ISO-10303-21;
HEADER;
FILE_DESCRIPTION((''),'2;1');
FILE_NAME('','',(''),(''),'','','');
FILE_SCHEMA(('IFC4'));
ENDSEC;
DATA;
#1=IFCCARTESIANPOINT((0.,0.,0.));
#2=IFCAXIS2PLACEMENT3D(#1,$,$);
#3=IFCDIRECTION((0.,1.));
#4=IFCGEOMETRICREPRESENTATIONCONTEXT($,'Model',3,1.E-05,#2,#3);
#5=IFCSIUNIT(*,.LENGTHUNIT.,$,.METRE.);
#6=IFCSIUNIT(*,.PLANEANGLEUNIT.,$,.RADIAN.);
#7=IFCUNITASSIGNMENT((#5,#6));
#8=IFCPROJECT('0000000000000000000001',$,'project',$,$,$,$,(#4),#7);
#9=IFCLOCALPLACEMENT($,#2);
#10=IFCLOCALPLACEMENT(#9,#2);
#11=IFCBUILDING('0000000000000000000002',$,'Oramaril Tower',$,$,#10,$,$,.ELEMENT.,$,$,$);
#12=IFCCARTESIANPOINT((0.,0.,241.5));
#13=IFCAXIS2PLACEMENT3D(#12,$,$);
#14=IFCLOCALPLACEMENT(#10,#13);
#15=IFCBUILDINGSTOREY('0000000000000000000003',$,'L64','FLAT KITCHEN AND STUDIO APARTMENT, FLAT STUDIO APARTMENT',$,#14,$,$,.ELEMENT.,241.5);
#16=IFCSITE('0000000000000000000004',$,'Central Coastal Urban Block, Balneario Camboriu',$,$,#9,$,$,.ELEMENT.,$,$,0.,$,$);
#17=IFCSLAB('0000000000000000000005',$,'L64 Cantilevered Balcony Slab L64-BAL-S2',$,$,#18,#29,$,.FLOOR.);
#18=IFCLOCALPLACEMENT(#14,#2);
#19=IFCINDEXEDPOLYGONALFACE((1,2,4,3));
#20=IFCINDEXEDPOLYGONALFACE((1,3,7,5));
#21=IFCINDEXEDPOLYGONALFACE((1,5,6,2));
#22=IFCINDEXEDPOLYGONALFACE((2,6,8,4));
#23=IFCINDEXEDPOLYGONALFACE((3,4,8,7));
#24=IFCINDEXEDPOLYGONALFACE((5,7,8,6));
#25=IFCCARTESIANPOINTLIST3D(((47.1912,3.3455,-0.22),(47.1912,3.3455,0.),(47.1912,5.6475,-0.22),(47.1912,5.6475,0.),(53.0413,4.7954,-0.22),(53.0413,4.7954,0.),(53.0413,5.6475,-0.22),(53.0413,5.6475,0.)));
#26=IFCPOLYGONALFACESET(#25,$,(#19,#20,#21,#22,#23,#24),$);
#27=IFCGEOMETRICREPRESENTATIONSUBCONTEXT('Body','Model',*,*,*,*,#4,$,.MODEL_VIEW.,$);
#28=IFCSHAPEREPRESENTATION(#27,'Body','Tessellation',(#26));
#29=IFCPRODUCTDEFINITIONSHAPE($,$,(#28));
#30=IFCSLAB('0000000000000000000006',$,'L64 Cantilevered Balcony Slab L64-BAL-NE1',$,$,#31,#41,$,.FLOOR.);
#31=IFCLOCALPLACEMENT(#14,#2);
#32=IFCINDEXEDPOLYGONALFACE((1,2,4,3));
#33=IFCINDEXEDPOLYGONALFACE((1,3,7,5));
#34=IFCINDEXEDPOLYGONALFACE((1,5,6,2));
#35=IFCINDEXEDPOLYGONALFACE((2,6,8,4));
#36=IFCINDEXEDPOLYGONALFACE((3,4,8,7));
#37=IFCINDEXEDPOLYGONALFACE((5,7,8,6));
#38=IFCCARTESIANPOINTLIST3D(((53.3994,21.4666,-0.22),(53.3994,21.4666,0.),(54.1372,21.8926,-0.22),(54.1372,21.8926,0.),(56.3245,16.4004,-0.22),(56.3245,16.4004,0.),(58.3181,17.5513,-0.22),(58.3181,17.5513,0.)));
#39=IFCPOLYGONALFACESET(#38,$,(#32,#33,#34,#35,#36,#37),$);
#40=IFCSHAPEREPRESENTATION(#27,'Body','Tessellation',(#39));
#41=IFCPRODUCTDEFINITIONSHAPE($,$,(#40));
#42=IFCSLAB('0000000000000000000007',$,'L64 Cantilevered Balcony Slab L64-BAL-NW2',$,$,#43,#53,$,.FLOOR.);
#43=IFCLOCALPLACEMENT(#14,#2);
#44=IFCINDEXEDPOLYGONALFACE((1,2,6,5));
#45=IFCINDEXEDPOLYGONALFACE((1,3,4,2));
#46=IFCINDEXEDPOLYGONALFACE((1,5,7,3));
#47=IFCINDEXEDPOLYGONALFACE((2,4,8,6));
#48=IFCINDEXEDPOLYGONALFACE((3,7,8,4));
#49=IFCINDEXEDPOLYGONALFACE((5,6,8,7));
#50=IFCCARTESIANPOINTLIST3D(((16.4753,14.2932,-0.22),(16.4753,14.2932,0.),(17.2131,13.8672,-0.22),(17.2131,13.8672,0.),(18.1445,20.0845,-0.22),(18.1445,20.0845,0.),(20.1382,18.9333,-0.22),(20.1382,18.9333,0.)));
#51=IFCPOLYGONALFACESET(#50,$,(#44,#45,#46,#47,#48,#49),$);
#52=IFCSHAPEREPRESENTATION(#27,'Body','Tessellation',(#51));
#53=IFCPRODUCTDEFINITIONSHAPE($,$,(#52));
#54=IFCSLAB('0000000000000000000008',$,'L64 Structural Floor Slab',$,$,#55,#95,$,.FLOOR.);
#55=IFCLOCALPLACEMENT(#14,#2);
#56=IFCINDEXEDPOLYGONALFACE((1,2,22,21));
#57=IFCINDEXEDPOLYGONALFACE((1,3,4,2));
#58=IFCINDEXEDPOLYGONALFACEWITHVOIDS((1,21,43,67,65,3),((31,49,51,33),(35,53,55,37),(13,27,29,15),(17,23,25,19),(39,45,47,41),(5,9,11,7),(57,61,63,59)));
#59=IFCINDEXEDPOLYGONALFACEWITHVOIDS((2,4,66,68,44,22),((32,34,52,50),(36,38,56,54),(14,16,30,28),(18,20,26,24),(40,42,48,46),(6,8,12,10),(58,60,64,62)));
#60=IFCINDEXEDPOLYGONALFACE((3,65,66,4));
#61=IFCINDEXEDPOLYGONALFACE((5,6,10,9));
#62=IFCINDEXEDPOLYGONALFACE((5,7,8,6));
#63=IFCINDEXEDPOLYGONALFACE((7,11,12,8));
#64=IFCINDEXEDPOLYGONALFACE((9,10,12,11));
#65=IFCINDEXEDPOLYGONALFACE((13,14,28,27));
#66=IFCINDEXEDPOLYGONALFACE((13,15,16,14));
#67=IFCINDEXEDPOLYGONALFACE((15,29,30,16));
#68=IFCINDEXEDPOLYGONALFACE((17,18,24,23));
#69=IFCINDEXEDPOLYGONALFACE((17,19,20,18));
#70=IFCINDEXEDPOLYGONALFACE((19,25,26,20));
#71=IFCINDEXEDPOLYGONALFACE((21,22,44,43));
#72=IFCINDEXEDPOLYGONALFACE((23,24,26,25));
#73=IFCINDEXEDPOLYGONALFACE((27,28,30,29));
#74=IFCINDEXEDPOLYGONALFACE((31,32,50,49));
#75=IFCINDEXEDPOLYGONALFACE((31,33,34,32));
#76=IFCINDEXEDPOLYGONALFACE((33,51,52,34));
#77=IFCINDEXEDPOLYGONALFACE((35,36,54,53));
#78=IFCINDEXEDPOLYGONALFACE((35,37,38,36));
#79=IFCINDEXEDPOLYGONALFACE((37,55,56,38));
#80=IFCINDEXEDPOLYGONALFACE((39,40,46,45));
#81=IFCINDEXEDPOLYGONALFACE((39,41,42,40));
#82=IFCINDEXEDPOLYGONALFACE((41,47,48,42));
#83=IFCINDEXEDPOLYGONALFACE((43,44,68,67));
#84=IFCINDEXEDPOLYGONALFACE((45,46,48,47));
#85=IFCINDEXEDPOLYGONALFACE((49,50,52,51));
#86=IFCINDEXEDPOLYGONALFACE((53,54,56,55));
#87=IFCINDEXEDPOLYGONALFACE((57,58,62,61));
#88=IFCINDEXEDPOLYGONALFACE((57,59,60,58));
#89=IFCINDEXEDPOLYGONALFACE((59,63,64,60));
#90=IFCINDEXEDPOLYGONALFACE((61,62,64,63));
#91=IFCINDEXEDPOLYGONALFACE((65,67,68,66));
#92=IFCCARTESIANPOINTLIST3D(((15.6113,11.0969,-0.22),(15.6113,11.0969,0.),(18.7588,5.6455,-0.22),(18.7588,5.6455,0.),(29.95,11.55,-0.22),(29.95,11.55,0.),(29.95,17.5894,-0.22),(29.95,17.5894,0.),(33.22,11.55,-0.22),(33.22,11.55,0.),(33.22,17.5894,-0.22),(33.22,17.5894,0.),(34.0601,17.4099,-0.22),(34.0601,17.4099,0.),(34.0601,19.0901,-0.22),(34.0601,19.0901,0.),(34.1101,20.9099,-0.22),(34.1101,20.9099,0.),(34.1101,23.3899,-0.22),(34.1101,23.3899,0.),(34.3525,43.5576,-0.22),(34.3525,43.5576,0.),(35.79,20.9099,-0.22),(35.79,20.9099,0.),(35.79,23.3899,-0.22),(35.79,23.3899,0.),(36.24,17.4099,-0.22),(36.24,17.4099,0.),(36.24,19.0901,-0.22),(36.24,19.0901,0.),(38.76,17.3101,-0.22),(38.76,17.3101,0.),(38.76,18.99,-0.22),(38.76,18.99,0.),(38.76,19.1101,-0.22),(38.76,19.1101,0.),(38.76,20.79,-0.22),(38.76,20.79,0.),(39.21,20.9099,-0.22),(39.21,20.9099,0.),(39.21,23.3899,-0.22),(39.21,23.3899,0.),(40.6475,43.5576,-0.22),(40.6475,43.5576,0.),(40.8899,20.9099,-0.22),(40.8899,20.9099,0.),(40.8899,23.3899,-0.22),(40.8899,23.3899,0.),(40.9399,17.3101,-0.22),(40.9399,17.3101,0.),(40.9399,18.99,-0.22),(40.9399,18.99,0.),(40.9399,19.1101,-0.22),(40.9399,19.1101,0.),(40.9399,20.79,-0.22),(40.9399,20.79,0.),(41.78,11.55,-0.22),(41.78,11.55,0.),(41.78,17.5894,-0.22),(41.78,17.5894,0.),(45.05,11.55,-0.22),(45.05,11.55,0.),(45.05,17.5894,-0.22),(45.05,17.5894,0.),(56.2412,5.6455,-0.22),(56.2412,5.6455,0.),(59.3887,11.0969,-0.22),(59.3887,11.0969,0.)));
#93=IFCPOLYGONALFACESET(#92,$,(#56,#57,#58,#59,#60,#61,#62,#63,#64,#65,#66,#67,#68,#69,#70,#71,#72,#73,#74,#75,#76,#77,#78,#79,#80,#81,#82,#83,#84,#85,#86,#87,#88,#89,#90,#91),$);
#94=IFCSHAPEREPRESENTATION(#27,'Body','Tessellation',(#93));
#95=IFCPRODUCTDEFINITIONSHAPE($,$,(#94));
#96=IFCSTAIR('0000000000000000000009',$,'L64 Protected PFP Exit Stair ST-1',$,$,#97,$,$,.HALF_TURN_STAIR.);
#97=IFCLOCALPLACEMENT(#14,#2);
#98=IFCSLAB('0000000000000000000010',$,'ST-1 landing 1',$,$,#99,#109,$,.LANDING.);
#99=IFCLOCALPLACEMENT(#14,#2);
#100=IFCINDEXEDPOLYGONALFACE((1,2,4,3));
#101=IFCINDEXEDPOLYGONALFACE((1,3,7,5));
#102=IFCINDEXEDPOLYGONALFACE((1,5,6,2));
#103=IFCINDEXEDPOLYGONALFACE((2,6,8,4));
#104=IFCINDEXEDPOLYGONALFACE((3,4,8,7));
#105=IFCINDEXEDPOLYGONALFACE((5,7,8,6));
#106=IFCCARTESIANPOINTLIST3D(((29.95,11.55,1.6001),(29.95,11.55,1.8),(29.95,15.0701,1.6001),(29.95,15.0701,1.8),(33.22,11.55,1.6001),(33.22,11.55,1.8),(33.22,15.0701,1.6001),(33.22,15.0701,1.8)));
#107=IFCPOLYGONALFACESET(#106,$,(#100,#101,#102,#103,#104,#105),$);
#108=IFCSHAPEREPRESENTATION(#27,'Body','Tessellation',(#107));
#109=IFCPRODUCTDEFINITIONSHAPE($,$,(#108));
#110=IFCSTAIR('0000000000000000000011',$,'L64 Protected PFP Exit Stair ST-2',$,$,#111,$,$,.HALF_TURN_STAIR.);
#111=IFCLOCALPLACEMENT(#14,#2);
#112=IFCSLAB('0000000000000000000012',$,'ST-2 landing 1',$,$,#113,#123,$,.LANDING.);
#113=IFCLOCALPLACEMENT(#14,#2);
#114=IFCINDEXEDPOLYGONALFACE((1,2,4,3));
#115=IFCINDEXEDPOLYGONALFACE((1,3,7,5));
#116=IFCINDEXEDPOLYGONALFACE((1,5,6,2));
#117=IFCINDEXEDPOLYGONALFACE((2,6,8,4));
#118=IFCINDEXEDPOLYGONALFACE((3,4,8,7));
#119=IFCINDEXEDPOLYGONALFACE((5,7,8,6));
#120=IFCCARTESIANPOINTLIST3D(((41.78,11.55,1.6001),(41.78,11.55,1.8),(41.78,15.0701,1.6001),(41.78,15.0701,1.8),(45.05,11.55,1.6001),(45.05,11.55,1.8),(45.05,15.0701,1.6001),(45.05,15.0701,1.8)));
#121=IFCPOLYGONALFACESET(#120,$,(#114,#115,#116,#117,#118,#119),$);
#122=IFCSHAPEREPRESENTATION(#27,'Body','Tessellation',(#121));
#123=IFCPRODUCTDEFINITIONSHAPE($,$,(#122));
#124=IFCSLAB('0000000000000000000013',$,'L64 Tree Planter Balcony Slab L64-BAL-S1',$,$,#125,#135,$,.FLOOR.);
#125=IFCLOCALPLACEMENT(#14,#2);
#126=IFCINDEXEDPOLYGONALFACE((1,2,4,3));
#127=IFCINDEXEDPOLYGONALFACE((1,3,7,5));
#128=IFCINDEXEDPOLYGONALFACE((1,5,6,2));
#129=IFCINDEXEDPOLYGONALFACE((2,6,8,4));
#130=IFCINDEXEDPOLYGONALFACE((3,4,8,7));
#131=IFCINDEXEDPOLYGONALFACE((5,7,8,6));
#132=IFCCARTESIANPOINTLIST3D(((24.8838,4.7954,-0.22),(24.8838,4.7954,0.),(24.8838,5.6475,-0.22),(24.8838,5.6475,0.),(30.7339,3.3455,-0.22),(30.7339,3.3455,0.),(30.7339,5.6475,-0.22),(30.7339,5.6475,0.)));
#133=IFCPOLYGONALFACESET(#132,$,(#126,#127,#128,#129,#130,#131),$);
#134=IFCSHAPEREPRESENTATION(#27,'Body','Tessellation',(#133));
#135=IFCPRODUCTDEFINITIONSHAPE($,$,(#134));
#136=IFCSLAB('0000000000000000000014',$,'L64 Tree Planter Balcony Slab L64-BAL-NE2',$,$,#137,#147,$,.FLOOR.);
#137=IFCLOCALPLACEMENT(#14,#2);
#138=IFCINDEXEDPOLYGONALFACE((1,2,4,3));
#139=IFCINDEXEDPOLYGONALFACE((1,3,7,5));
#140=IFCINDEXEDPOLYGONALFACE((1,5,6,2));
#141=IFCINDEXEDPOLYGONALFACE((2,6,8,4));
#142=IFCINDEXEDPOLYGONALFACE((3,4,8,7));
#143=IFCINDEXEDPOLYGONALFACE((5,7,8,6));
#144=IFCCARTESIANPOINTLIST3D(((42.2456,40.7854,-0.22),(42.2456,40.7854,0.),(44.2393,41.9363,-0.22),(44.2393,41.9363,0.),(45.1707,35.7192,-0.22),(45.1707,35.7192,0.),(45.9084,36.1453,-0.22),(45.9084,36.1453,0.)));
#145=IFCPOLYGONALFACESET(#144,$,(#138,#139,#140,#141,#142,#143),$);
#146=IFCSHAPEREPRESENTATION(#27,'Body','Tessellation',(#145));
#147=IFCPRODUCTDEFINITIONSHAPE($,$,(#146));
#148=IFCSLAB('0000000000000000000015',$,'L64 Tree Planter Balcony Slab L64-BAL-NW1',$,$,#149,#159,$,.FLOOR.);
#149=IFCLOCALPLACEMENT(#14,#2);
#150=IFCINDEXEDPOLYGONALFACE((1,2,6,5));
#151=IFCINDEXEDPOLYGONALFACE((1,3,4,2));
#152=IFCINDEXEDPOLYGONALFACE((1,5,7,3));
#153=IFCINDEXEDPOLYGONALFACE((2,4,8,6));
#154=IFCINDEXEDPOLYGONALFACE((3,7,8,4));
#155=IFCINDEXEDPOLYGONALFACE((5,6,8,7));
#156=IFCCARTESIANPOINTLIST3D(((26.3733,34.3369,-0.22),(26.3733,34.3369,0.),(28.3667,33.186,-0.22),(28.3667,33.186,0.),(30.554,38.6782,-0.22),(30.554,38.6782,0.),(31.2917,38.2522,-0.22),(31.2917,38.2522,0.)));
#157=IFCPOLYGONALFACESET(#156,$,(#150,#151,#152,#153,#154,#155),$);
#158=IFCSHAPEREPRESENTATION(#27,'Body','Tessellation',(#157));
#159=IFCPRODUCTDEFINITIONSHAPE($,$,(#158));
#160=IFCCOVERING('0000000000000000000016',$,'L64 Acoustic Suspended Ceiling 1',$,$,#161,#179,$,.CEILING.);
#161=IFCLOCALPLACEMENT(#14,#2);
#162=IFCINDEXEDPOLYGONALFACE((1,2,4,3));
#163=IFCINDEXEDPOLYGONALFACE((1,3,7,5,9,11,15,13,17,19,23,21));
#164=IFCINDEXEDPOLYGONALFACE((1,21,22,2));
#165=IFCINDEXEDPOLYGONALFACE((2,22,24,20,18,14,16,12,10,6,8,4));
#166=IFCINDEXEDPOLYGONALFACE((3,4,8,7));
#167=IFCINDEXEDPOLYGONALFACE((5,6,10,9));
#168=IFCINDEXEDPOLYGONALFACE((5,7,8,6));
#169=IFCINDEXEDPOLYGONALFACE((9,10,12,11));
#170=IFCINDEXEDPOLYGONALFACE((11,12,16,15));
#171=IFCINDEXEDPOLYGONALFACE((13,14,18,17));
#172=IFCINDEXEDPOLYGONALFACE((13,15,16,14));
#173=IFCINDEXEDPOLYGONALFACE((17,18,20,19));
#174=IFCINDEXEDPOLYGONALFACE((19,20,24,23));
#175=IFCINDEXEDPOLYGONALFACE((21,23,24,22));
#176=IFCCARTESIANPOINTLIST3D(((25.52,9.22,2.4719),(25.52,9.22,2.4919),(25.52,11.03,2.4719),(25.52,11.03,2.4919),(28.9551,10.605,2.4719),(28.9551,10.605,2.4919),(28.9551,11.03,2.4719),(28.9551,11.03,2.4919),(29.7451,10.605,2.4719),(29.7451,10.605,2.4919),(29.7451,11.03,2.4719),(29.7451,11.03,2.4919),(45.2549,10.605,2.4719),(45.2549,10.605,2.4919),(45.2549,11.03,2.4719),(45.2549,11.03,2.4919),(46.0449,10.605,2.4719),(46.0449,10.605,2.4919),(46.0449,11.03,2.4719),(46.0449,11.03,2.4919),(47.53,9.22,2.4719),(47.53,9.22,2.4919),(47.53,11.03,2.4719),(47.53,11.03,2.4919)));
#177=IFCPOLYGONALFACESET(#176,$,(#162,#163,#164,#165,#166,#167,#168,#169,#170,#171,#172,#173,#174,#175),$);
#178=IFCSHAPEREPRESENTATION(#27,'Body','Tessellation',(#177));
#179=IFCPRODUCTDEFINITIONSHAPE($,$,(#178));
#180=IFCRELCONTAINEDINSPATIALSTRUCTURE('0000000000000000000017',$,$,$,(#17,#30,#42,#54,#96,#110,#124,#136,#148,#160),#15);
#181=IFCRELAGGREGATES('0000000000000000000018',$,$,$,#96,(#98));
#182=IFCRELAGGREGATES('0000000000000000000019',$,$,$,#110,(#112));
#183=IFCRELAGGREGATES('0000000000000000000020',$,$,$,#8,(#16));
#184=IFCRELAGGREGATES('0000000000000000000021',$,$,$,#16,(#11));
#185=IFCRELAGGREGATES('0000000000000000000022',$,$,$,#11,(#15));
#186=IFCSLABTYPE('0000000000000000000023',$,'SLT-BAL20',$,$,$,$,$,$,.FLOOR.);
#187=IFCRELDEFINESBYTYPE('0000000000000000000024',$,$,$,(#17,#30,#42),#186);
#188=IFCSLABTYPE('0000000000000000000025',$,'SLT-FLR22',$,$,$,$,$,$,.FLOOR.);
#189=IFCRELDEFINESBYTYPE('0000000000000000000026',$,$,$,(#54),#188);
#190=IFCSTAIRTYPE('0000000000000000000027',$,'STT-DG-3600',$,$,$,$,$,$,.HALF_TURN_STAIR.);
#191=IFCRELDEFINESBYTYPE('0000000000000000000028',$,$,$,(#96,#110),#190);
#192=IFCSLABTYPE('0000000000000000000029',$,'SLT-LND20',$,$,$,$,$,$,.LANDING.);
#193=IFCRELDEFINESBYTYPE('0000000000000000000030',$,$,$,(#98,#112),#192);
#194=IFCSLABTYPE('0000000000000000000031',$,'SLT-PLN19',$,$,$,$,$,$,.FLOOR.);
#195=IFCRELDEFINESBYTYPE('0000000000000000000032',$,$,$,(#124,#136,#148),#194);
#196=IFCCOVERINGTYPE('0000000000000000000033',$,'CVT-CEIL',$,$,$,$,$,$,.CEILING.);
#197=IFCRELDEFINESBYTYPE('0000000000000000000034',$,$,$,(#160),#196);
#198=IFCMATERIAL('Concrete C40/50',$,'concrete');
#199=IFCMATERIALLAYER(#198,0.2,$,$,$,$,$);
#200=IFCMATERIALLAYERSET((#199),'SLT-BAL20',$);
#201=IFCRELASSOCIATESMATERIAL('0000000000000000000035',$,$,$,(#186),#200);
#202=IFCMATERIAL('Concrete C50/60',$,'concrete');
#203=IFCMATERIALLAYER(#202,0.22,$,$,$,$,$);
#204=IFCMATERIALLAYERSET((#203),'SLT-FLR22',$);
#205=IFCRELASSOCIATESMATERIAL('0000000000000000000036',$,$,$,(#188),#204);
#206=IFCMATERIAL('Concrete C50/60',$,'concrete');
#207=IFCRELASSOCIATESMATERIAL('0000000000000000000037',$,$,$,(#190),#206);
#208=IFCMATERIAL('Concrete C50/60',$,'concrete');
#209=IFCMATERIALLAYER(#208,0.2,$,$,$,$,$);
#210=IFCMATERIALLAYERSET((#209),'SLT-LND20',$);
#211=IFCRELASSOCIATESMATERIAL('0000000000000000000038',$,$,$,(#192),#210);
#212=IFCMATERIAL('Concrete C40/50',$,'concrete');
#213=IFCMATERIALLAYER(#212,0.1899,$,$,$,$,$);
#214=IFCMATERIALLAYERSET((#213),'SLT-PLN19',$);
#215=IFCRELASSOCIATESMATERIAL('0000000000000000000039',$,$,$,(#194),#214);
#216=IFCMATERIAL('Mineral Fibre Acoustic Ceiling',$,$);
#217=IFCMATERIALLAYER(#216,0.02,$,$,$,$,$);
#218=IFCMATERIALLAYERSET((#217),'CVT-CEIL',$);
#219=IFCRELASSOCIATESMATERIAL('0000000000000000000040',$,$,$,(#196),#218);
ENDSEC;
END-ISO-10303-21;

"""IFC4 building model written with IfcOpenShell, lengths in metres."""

from ifc_helpers import new_model, si_unit, direction, frame, origin, place, context, subcontext, project, spatial, polyline, outline, extrude, material, layer, layer_set, type_object, element, aggregate, save


model = new_model("IFC4")

# Units and contexts
model_context = context("Model", 3, precision=1e-05, world=origin(), true_north=direction((0.0, 1.0)))
body_context = subcontext(model_context, "Body", "Model", "MODEL_VIEW")
ifc_project = project(units=[si_unit("LENGTHUNIT", "METRE"), si_unit("PLANEANGLEUNIT", "RADIAN")], contexts=[model_context])

# Site, building, storey
site_placement = place(None, origin())
site = spatial("IfcSite", under=ifc_project, at=site_placement, Name="Central Coastal Urban Block, Balneario Camboriu", CompositionType="ELEMENT", RefElevation=0.0)
building_placement = place(site_placement, origin())
building = spatial("IfcBuilding", under=site, at=building_placement, Name="Oramaril Tower", CompositionType="ELEMENT")
storey_placement = place(building_placement, frame((0.0, 0.0, 241.5)))
storey = spatial("IfcBuildingStorey", under=building, at=storey_placement, Name="L64", Description="FLAT KITCHEN AND STUDIO APARTMENT, FLAT STUDIO APARTMENT", CompositionType="ELEMENT", Elevation=241.5)

# Slabs
ifc_material_1 = material(Name="Concrete C40/50", Category="concrete")
ifc_layer_1 = layer(ifc_material_1, 0.2)
ifc_layer_set_1 = layer_set([ifc_layer_1], Name="SLT-BAL20")
slab_type_1 = type_object("IfcSlabType", Name="SLT-BAL20", PredefinedType="FLOOR", material=ifc_layer_set_1)
slab_1_placement = place(storey_placement, frame((0.0, 0.0, -0.22)))
element("IfcSlab", 1, at=slab_1_placement, inside=storey, type_object=slab_type_1, Name="L64 Cantilevered Balcony Slab L64-BAL-S2", PredefinedType="FLOOR", context=body_context, shape_type="SweptSolid", body=[
    extrude(outline(polyline([(47.1912, 5.6475), (53.0413, 5.6475), (53.0413, 4.7954), (47.1912, 3.3455), (47.1912, 5.6475)])), origin(), (0.0, 0.0, 1.0), 0.22),
])
slab_2_placement = place(storey_placement, frame((0.0, 0.0, -0.22)))
element("IfcSlab", 2, at=slab_2_placement, inside=storey, type_object=slab_type_1, Name="L64 Cantilevered Balcony Slab L64-BAL-NE1", PredefinedType="FLOOR", context=body_context, shape_type="SweptSolid", body=[
    extrude(outline(polyline([(56.3245, 16.4004), (53.3994, 21.4666), (54.1372, 21.8926), (58.3181, 17.5513), (56.3245, 16.4004)])), origin(), (0.0, 0.0, 1.0), 0.22),
])
slab_3_placement = place(storey_placement, frame((0.0, 0.0, -0.22)))
element("IfcSlab", 3, at=slab_3_placement, inside=storey, type_object=slab_type_1, Name="L64 Cantilevered Balcony Slab L64-BAL-NW2", PredefinedType="FLOOR", context=body_context, shape_type="SweptSolid", body=[
    extrude(outline(polyline([(20.1382, 18.9333), (17.2131, 13.8672), (16.4753, 14.2932), (18.1445, 20.0845), (20.1382, 18.9333)])), origin(), (0.0, 0.0, 1.0), 0.22),
])
ifc_material_2 = material(Name="Concrete C50/60", Category="concrete")
ifc_layer_2 = layer(ifc_material_2, 0.22)
ifc_layer_set_2 = layer_set([ifc_layer_2], Name="SLT-FLR22")
slab_type_2 = type_object("IfcSlabType", Name="SLT-FLR22", PredefinedType="FLOOR", material=ifc_layer_set_2)
slab_4_placement = place(storey_placement, frame((0.0, 0.0, -0.22)))
element("IfcSlab", 4, at=slab_4_placement, inside=storey, type_object=slab_type_2, Name="L64 Structural Floor Slab", PredefinedType="FLOOR", context=body_context, shape_type="SweptSolid", body=[
    extrude(outline(polyline([(15.6113, 11.0969), (18.7588, 5.6455), (56.2412, 5.6455), (59.3887, 11.0969), (40.6475, 43.5576), (34.3525, 43.5576), (15.6113, 11.0969)]), holes=[polyline([(29.95, 17.5894), (29.95, 11.55), (33.22, 11.55), (33.22, 17.5894), (29.95, 17.5894)]), polyline([(41.78, 17.5894), (41.78, 11.55), (45.05, 11.55), (45.05, 17.5894), (41.78, 17.5894)]), polyline([(34.1101, 20.9099), (35.79, 20.9099), (35.79, 23.3899), (34.1101, 23.3899), (34.1101, 20.9099)]), polyline([(39.21, 20.9099), (40.8899, 20.9099), (40.8899, 23.3899), (39.21, 23.3899), (39.21, 20.9099)]), polyline([(34.0601, 17.4099), (36.24, 17.4099), (36.24, 19.0901), (34.0601, 19.0901), (34.0601, 17.4099)]), polyline([(38.76, 17.3101), (40.9399, 17.3101), (40.9399, 18.99), (38.76, 18.99), (38.76, 17.3101)]), polyline([(38.76, 19.1101), (40.9399, 19.1101), (40.9399, 20.79), (38.76, 20.79), (38.76, 19.1101)])]), origin(), (0.0, 0.0, 1.0), 0.22),
])

# Stairs, slabs
ifc_material_3 = material(Name="Concrete C50/60", Category="concrete")
stair_type = type_object("IfcStairType", Name="STT-DG-3600", PredefinedType="HALF_TURN_STAIR", material=ifc_material_3)
stair_1_placement = place(storey_placement, origin())
stair_1 = element("IfcStair", 5, at=stair_1_placement, inside=storey, type_object=stair_type, Name="L64 Protected PFP Exit Stair ST-1", PredefinedType="HALF_TURN_STAIR")
ifc_material_4 = material(Name="Concrete C50/60", Category="concrete")
ifc_layer_3 = layer(ifc_material_4, 0.2)
ifc_layer_set_3 = layer_set([ifc_layer_3], Name="SLT-LND20")
slab_type_3 = type_object("IfcSlabType", Name="SLT-LND20", PredefinedType="LANDING", material=ifc_layer_set_3)
slab_5_placement = place(storey_placement, frame((0.0, 0.0, 1.6001)))
slab_5 = element("IfcSlab", 6, at=slab_5_placement, type_object=slab_type_3, Name="ST-1 landing 1", PredefinedType="LANDING", context=body_context, shape_type="SweptSolid", body=[
    extrude(outline(polyline([(29.95, 15.0701), (29.95, 11.55), (33.22, 11.55), (33.22, 15.0701), (29.95, 15.0701)])), origin(), (0.0, 0.0, 1.0), 0.2),
])
aggregate(stair_1, [slab_5])
stair_2_placement = place(storey_placement, origin())
stair_2 = element("IfcStair", 7, at=stair_2_placement, inside=storey, type_object=stair_type, Name="L64 Protected PFP Exit Stair ST-2", PredefinedType="HALF_TURN_STAIR")
slab_6_placement = place(storey_placement, frame((0.0, 0.0, 1.6001)))
slab_6 = element("IfcSlab", 8, at=slab_6_placement, type_object=slab_type_3, Name="ST-2 landing 1", PredefinedType="LANDING", context=body_context, shape_type="SweptSolid", body=[
    extrude(outline(polyline([(41.78, 15.0701), (41.78, 11.55), (45.05, 11.55), (45.05, 15.0701), (41.78, 15.0701)])), origin(), (0.0, 0.0, 1.0), 0.2),
])
aggregate(stair_2, [slab_6])

# Slabs
ifc_material_5 = material(Name="Concrete C40/50", Category="concrete")
ifc_layer_4 = layer(ifc_material_5, 0.1899)
ifc_layer_set_4 = layer_set([ifc_layer_4], Name="SLT-PLN19")
slab_type_4 = type_object("IfcSlabType", Name="SLT-PLN19", PredefinedType="FLOOR", material=ifc_layer_set_4)
slab_7_placement = place(storey_placement, frame((0.0, 0.0, -0.22)))
element("IfcSlab", 9, at=slab_7_placement, inside=storey, type_object=slab_type_4, Name="L64 Tree Planter Balcony Slab L64-BAL-S1", PredefinedType="FLOOR", context=body_context, shape_type="SweptSolid", body=[
    extrude(outline(polyline([(24.8838, 5.6475), (30.7339, 5.6475), (30.7339, 3.3455), (24.8838, 4.7954), (24.8838, 5.6475)])), origin(), (0.0, 0.0, 1.0), 0.22),
])
slab_8_placement = place(storey_placement, frame((0.0, 0.0, -0.22)))
element("IfcSlab", 10, at=slab_8_placement, inside=storey, type_object=slab_type_4, Name="L64 Tree Planter Balcony Slab L64-BAL-NE2", PredefinedType="FLOOR", context=body_context, shape_type="SweptSolid", body=[
    extrude(outline(polyline([(45.1707, 35.7192), (42.2456, 40.7854), (44.2393, 41.9363), (45.9084, 36.1453), (45.1707, 35.7192)])), origin(), (0.0, 0.0, 1.0), 0.22),
])
slab_9_placement = place(storey_placement, frame((0.0, 0.0, -0.22)))
element("IfcSlab", 11, at=slab_9_placement, inside=storey, type_object=slab_type_4, Name="L64 Tree Planter Balcony Slab L64-BAL-NW1", PredefinedType="FLOOR", context=body_context, shape_type="SweptSolid", body=[
    extrude(outline(polyline([(31.2917, 38.2522), (28.3667, 33.186), (26.3733, 34.3369), (30.554, 38.6782), (31.2917, 38.2522)])), origin(), (0.0, 0.0, 1.0), 0.22),
])

# Covering
ifc_material_6 = material(Name="Mineral Fibre Acoustic Ceiling")
ifc_layer_5 = layer(ifc_material_6, 0.02)
ifc_layer_set_5 = layer_set([ifc_layer_5], Name="CVT-CEIL")
covering_type_1 = type_object("IfcCoveringType", Name="CVT-CEIL", PredefinedType="CEILING", material=ifc_layer_set_5)
covering_1_placement = place(storey_placement, frame((0.0, 0.0, 2.4719)))
element("IfcCovering", 12, at=covering_1_placement, inside=storey, type_object=covering_type_1, Name="L64 Acoustic Suspended Ceiling 1", PredefinedType="CEILING", context=body_context, shape_type="SweptSolid", body=[
    extrude(outline(polyline([(28.9551, 10.605), (29.7451, 10.605), (29.7451, 11.03), (45.2549, 11.03), (45.2549, 10.605), (46.0449, 10.605), (46.0449, 11.03), (47.53, 11.03), (47.53, 9.22), (25.52, 9.22), (25.52, 11.03), (28.9551, 11.03), (28.9551, 10.605)])), origin(), (0.0, 0.0, 1.0), 0.02),
])

save(model, "model.ifc")
